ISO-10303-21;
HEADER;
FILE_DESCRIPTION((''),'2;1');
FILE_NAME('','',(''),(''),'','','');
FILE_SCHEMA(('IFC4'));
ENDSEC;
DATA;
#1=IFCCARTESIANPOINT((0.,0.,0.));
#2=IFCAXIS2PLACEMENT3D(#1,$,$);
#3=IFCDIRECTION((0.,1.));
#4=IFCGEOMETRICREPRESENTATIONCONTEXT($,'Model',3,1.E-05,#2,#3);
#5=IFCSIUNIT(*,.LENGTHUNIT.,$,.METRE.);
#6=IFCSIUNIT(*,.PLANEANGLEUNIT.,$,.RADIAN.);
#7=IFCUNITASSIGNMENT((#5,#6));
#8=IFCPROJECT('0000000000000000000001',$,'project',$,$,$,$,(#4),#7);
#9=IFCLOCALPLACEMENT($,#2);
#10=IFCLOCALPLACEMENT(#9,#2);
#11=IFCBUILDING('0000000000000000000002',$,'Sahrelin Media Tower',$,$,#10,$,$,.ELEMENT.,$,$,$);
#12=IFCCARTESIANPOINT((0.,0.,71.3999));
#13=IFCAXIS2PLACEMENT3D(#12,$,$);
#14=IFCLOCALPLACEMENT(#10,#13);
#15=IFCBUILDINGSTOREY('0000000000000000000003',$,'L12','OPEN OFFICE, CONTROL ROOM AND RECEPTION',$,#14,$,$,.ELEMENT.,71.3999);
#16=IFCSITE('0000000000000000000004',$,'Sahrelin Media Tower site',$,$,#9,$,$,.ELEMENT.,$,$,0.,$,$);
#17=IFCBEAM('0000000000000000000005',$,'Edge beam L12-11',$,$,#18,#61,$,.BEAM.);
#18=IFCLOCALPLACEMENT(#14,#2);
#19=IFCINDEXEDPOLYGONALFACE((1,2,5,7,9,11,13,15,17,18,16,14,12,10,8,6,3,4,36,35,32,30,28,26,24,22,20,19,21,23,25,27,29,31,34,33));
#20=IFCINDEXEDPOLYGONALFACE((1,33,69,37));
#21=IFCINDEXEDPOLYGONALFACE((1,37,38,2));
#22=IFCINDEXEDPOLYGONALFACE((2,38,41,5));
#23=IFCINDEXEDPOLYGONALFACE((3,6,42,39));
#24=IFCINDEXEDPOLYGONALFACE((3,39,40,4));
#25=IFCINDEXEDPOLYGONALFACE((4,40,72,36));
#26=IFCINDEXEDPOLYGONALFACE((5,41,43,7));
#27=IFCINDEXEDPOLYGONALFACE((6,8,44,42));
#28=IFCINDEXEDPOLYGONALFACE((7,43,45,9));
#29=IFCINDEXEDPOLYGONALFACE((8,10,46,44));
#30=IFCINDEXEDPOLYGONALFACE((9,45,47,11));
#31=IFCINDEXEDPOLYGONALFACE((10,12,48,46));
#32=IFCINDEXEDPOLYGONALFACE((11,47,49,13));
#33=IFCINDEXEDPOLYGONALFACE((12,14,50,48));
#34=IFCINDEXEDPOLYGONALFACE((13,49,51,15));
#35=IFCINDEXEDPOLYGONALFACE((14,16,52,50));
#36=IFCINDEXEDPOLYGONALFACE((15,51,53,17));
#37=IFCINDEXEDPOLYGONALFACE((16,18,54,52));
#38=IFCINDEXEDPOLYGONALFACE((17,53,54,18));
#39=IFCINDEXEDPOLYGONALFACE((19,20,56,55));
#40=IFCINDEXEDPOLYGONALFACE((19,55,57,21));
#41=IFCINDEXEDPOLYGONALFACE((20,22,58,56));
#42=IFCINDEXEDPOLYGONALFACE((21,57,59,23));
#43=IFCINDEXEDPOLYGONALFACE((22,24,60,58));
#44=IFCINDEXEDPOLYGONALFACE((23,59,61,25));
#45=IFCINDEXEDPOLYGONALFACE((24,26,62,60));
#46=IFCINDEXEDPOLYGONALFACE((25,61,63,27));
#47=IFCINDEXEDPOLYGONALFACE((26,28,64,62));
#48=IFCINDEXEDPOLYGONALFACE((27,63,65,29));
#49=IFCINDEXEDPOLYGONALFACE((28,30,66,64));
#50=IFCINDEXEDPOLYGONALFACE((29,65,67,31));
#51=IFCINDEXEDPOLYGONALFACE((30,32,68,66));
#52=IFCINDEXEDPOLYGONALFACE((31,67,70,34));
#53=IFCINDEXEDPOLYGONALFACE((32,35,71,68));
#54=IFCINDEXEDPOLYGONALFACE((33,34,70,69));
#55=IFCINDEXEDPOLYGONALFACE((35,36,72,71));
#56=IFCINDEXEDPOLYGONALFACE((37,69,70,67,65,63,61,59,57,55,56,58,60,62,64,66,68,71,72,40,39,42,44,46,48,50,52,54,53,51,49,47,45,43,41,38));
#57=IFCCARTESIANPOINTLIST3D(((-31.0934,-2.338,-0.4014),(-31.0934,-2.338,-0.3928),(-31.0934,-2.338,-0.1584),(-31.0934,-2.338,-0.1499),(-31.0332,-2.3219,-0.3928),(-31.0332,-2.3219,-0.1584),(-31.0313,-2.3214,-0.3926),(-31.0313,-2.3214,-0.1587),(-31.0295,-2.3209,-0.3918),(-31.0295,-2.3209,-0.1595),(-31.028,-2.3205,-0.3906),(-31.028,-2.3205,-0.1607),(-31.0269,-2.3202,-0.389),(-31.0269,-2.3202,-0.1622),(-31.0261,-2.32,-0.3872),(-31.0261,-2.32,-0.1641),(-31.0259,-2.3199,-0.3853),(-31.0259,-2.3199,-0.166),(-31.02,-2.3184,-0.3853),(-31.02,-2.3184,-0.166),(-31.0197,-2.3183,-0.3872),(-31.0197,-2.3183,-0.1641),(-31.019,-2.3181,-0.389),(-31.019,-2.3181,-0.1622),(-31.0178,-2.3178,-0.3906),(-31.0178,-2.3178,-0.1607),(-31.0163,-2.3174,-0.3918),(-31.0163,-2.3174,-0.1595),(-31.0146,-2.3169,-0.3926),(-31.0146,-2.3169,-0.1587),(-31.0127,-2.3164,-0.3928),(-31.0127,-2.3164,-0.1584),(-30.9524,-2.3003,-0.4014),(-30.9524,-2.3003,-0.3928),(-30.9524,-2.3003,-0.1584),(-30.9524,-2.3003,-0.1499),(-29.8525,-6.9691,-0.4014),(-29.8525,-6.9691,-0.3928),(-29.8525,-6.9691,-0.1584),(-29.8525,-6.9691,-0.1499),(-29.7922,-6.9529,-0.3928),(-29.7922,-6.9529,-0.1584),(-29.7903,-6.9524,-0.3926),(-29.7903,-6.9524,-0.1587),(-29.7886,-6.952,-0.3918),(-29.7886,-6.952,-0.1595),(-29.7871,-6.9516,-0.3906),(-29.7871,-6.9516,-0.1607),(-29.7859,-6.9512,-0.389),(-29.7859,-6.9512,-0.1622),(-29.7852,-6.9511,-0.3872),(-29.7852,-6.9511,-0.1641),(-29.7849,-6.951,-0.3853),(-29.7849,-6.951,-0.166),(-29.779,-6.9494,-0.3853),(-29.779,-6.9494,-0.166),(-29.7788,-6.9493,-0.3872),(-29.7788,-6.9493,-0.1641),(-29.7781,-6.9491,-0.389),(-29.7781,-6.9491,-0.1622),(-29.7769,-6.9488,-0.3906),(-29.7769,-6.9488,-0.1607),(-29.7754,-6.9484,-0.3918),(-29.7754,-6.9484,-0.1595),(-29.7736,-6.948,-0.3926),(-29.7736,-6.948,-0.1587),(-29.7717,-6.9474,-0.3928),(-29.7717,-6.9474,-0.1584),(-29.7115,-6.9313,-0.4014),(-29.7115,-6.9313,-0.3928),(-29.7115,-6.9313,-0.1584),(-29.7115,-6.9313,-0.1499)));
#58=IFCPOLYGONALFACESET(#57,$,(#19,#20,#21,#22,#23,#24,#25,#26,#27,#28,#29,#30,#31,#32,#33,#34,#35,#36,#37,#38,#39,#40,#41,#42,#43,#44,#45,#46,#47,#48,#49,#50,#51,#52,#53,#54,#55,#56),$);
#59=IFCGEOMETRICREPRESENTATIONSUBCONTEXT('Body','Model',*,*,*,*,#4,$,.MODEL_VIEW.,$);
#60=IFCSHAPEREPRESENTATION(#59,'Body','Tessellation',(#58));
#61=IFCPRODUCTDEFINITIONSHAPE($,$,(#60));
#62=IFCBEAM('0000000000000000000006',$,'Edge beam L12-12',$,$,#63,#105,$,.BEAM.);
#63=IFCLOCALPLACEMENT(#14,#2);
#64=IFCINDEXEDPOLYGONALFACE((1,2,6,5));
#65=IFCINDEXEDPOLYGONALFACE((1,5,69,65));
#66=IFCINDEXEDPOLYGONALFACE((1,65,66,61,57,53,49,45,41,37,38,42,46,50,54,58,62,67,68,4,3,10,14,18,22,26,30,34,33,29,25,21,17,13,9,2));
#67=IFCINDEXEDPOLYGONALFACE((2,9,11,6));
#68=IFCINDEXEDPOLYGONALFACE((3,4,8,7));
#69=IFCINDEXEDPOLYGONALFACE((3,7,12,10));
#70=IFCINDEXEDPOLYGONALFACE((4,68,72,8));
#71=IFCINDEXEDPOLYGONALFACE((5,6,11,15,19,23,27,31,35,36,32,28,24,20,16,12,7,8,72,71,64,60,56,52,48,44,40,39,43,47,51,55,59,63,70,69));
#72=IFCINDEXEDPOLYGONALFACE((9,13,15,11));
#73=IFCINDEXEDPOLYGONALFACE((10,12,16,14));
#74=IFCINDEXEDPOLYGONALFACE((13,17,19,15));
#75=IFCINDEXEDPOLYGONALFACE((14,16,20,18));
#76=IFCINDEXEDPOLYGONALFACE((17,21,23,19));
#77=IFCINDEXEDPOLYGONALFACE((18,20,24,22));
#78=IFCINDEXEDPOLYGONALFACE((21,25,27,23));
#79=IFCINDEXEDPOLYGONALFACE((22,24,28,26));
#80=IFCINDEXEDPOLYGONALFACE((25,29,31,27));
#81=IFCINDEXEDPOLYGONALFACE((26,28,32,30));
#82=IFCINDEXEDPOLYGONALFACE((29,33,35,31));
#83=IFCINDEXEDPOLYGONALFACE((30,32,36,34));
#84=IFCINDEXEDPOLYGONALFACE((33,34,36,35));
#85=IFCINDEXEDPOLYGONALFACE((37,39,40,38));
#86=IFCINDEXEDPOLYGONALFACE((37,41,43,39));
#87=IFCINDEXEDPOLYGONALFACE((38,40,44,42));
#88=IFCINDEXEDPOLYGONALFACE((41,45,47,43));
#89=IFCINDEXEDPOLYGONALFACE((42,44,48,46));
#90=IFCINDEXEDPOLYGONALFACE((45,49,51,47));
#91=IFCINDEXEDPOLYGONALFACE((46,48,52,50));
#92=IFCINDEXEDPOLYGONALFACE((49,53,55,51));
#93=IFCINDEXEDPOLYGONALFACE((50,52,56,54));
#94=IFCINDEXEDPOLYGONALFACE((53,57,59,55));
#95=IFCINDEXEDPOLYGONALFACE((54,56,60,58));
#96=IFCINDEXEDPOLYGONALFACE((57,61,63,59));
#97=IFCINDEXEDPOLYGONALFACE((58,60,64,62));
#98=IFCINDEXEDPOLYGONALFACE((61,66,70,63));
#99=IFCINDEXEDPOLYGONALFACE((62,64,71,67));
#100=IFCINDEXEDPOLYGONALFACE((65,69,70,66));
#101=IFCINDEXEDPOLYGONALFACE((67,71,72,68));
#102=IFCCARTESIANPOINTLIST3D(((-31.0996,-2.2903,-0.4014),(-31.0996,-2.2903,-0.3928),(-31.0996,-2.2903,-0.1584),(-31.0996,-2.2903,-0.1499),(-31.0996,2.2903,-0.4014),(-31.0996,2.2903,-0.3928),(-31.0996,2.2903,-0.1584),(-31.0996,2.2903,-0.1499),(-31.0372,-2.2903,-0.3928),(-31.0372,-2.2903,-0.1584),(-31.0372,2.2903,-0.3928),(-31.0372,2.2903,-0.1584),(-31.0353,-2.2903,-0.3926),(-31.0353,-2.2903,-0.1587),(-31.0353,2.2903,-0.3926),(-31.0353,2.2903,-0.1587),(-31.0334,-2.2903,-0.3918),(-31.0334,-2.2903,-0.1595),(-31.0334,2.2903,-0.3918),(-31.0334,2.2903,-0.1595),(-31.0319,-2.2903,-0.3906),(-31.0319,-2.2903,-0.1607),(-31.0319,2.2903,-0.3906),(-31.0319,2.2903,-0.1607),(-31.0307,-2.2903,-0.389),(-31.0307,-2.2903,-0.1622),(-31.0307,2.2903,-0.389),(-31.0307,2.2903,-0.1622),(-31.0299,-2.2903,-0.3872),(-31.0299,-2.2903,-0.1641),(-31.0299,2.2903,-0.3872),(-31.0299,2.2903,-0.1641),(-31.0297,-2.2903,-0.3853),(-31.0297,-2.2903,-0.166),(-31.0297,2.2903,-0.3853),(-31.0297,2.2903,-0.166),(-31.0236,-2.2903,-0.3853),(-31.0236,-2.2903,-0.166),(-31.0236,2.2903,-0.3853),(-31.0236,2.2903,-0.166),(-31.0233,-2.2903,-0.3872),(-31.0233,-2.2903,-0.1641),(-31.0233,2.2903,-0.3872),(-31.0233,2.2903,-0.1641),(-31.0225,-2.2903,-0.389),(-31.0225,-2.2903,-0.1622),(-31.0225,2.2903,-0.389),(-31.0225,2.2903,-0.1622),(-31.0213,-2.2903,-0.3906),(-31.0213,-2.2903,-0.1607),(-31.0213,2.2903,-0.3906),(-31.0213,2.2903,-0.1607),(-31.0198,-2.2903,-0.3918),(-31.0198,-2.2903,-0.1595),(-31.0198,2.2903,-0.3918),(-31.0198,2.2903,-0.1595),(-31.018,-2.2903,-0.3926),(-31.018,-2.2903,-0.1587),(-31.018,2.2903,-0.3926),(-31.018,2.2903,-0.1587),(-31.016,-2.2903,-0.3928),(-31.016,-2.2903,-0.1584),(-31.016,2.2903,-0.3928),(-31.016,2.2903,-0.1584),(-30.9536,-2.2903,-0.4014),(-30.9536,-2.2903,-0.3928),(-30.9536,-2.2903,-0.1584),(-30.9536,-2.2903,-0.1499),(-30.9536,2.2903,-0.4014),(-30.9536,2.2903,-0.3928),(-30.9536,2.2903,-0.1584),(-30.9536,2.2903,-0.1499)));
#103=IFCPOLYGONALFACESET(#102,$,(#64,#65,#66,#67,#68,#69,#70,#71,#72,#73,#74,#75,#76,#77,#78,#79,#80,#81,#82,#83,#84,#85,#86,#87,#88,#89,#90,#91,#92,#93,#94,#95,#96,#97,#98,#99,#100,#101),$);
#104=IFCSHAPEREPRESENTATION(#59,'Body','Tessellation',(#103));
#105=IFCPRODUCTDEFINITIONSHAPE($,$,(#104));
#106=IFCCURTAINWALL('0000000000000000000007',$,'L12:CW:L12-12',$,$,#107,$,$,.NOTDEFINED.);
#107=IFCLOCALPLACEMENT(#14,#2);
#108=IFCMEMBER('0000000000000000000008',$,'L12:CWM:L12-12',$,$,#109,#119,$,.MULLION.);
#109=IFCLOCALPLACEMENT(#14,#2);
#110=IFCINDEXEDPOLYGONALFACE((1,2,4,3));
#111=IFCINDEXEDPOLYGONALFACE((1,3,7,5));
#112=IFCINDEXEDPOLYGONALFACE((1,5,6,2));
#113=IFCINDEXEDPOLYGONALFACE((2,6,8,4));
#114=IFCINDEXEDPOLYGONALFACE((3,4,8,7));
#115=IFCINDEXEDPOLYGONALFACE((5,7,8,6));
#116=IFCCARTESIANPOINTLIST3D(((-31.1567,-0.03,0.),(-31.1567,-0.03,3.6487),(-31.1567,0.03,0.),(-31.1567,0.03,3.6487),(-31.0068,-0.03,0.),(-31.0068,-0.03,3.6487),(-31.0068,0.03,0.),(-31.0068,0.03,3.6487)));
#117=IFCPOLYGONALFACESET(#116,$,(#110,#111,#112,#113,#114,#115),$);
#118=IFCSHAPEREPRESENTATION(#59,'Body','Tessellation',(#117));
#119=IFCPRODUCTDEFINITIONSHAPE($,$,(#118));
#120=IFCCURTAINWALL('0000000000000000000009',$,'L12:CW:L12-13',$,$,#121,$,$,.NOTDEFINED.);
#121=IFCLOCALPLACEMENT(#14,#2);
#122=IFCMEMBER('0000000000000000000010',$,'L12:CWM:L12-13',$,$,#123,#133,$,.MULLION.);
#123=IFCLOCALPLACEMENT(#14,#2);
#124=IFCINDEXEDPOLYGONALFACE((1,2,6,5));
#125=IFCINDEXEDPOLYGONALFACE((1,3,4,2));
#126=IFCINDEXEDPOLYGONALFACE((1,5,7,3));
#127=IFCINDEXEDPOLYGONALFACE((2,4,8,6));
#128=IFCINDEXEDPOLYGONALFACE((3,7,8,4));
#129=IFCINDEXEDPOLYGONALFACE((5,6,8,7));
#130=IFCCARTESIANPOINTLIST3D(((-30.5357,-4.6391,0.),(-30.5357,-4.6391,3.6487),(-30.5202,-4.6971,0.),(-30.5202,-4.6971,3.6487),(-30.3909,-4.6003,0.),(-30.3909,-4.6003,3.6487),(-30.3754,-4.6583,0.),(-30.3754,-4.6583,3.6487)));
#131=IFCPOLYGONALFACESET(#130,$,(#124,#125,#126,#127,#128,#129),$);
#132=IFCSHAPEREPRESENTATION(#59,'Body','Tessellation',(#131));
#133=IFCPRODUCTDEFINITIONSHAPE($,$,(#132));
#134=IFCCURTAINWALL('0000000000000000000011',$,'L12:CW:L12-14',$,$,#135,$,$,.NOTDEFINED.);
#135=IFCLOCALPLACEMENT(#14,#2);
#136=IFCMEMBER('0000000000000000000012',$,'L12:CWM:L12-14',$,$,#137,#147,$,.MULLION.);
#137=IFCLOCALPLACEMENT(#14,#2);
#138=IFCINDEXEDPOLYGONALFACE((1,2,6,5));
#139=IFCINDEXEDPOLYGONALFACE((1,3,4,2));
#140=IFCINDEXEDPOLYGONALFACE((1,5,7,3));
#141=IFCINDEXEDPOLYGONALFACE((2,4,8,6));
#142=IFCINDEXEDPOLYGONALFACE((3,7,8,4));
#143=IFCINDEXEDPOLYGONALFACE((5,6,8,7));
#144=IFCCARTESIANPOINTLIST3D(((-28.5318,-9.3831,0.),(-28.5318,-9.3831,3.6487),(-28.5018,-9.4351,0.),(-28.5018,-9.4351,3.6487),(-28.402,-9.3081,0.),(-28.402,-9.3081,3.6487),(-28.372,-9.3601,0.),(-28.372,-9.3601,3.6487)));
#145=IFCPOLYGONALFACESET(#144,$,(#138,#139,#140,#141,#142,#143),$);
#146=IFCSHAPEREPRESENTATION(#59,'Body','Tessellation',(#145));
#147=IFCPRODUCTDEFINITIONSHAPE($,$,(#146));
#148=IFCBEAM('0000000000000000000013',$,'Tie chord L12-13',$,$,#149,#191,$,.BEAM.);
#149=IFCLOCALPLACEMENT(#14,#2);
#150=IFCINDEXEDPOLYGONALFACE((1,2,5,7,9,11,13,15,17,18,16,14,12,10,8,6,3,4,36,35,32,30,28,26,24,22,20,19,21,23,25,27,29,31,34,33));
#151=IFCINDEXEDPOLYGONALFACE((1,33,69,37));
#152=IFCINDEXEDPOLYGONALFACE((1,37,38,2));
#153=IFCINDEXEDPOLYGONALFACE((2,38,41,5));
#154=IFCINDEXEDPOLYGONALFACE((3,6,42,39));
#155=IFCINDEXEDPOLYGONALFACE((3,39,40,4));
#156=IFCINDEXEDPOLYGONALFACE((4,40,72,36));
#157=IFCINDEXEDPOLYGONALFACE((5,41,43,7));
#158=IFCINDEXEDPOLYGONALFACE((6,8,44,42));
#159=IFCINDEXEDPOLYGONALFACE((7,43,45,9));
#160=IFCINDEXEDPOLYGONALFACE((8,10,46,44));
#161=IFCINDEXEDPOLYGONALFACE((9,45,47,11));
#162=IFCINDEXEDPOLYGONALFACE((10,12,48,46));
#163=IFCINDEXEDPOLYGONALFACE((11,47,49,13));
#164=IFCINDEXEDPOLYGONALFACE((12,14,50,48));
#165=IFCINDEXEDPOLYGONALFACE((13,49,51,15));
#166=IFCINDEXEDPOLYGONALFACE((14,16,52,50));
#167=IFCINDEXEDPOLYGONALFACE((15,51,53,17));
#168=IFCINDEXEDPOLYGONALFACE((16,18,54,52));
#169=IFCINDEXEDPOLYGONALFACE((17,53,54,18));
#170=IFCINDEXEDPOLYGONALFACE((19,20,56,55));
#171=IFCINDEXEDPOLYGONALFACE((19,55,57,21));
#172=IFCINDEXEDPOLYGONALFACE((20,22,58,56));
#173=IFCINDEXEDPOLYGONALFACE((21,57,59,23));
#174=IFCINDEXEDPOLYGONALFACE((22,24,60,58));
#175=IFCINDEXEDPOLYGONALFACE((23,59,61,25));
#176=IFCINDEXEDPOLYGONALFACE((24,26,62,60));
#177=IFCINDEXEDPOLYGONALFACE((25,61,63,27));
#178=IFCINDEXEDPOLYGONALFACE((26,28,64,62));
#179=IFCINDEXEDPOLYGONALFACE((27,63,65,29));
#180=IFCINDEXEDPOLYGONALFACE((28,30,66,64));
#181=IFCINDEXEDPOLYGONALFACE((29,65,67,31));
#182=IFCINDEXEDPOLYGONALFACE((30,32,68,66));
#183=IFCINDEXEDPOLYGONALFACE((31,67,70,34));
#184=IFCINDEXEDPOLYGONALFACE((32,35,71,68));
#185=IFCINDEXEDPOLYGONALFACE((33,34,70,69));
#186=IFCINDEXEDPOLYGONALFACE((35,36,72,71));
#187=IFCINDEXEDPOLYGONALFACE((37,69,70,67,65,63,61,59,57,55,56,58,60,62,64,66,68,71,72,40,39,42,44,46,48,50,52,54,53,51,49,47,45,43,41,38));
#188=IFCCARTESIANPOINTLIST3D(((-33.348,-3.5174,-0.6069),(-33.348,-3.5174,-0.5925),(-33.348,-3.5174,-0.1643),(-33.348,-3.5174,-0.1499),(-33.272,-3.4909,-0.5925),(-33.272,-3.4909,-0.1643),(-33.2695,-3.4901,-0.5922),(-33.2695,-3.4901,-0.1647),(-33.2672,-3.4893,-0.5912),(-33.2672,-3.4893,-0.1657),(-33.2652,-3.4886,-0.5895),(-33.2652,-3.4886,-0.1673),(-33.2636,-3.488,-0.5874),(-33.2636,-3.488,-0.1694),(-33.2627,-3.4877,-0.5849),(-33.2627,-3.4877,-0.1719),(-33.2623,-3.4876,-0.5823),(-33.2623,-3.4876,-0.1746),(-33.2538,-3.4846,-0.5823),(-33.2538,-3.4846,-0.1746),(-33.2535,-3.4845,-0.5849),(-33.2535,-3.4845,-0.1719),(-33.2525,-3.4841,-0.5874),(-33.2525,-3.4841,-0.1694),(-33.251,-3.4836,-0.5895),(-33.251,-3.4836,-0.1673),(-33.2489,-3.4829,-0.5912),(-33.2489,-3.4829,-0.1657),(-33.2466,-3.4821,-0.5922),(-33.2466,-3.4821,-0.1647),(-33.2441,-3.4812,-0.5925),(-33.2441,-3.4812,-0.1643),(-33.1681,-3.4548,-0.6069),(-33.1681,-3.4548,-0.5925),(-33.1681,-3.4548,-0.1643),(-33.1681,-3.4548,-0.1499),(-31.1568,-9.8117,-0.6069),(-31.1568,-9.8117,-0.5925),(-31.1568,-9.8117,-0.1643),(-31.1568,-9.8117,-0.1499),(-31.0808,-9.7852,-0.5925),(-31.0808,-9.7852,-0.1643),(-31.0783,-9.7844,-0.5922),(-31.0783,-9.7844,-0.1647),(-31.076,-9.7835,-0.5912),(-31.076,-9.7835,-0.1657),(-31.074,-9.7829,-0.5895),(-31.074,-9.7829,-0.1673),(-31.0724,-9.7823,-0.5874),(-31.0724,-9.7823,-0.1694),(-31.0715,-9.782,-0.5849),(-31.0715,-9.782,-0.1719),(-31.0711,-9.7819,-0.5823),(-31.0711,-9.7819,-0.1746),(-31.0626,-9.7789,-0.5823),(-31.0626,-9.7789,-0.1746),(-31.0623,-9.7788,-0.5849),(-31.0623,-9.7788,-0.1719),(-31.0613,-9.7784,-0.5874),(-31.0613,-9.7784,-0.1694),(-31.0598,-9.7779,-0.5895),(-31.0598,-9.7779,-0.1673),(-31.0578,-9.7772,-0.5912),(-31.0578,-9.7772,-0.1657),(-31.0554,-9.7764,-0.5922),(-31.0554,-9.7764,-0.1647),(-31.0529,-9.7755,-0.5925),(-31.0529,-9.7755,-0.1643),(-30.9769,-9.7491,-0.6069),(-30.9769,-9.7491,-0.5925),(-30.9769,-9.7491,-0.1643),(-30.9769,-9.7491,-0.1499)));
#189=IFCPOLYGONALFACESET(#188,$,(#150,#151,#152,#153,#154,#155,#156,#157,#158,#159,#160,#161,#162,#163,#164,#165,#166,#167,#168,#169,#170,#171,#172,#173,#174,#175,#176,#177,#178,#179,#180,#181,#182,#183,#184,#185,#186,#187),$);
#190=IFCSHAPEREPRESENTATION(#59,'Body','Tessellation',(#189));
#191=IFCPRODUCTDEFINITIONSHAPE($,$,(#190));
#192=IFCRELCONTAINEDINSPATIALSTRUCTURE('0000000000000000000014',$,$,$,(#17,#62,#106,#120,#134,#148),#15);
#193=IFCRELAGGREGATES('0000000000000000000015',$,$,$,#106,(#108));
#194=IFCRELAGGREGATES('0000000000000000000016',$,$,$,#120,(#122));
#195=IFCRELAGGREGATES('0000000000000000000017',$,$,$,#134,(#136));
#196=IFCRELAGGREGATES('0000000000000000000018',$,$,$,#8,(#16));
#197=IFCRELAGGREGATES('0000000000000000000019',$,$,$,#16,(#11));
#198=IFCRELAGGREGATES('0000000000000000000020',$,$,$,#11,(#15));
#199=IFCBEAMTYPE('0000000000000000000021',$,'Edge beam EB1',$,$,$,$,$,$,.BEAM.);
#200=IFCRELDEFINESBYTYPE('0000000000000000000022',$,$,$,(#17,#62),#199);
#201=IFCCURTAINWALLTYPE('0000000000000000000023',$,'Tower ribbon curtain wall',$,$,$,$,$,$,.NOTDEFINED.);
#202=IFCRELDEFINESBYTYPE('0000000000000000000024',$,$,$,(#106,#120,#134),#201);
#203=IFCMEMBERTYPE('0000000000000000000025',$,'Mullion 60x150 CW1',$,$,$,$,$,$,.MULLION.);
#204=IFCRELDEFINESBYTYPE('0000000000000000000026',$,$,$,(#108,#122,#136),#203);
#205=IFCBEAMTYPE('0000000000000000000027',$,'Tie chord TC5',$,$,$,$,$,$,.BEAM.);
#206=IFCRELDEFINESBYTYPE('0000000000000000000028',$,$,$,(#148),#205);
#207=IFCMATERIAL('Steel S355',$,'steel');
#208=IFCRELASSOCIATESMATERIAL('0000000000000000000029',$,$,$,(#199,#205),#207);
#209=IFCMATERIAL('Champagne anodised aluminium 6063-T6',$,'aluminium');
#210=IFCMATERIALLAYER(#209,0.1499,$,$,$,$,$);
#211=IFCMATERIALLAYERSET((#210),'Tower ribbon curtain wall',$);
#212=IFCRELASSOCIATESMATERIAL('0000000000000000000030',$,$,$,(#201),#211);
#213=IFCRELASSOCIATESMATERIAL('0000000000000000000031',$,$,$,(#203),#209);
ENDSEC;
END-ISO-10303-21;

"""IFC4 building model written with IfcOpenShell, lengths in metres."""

from ifc_helpers import new_model, si_unit, direction, frame, origin, origin_2d, place, context, subcontext, project, spatial, rectangle, i_section, extrude, material, layer, layer_set, material_profile, profile_set, type_object, element, aggregate, save


model = new_model("IFC4")

# Units and contexts
model_context = context("Model", 3, precision=1e-05, world=origin(), true_north=direction((0.0, 1.0)))
body_context = subcontext(model_context, "Body", "Model", "MODEL_VIEW")
ifc_project = project(units=[si_unit("LENGTHUNIT", "METRE"), si_unit("PLANEANGLEUNIT", "RADIAN")], contexts=[model_context])

# Site, building, storey
site_placement = place(None, origin())
site = spatial("IfcSite", under=ifc_project, at=site_placement, Name="Sahrelin Media Tower site", CompositionType="ELEMENT", RefElevation=0.0)
building_placement = place(site_placement, origin())
building = spatial("IfcBuilding", under=site, at=building_placement, Name="Sahrelin Media Tower", CompositionType="ELEMENT")
storey_placement = place(building_placement, frame((0.0, 0.0, 71.3999)))
storey = spatial("IfcBuildingStorey", under=building, at=storey_placement, Name="L12", Description="OPEN OFFICE, CONTROL ROOM AND RECEPTION", CompositionType="ELEMENT", Elevation=71.3999)

# Beams
ifc_material_1 = material(Name="Steel S355", Category="steel")
ifc_material_profile_1 = material_profile(ifc_material_1, i_section(OverallWidth=0.146, OverallDepth=0.2515, WebThickness=0.0061, FlangeThickness=0.0085, FilletRadius=0.0076, at=origin_2d()), Name="UB 254x146x31")
ifc_profile_set_1 = profile_set([ifc_material_profile_1], Name="Steel S355")
beam_type_1 = type_object("IfcBeamType", Name="Edge beam EB1", PredefinedType="BEAM", material=ifc_profile_set_1)
beam_1_placement = place(storey_placement, frame((-29.782, -6.9502, -0.2756), z_axis=(-0.258832, 0.965922, 0.0), x_axis=(-0.965922, -0.258832, 0.0)))
element("IfcBeam", 1, at=beam_1_placement, inside=storey, type_object=beam_type_1, Name="Edge beam L12-11", PredefinedType="BEAM", context=body_context, shape_type="SweptSolid", body=[
    extrude(i_section(OverallWidth=0.146, OverallDepth=0.2515, WebThickness=0.0061, FlangeThickness=0.0085, FilletRadius=0.0076, at=origin_2d()), origin(), (0.0, 0.0, 1.0), 4.7944),
])
beam_2_placement = place(storey_placement, frame((-31.0266, -2.2903, -0.2756), z_axis=(0.0, 1.0, 0.0), x_axis=(-1.0, 0.0, 0.0)))
element("IfcBeam", 2, at=beam_2_placement, inside=storey, type_object=beam_type_1, Name="Edge beam L12-12", PredefinedType="BEAM", context=body_context, shape_type="SweptSolid", body=[
    extrude(i_section(OverallWidth=0.146, OverallDepth=0.2515, WebThickness=0.0061, FlangeThickness=0.0085, FilletRadius=0.0076, at=origin_2d()), origin(), (0.0, 0.0, 1.0), 4.5806),
])

# Curtain walls, members
ifc_material_2 = material(Name="Champagne anodised aluminium 6063-T6", Category="aluminium")
ifc_layer_1 = layer(ifc_material_2, 0.1499)
ifc_layer_set_1 = layer_set([ifc_layer_1], Name="Tower ribbon curtain wall")
curtain_wall_type = type_object("IfcCurtainWallType", Name="Tower ribbon curtain wall", PredefinedType="NOTDEFINED", material=ifc_layer_set_1)
curtain_wall_1_placement = place(storey_placement, frame((-31.1768, 0.0, 0.0), z_axis=(0.0, 0.0, 1.0), x_axis=(1.0, 0.0, 0.0)))
curtain_wall_1 = element("IfcCurtainWall", 3, at=curtain_wall_1_placement, inside=storey, type_object=curtain_wall_type, Name="L12:CW:L12-12", PredefinedType="NOTDEFINED")
ifc_material_profile_2 = material_profile(ifc_material_2, rectangle(XDim=0.0601, YDim=0.1499, at=origin_2d()), Name="Mullion 60x150")
ifc_profile_set_2 = profile_set([ifc_material_profile_2], Name="Champagne anodised aluminium 6063-T6")
member_type_1 = type_object("IfcMemberType", Name="Mullion 60x150 CW1", PredefinedType="MULLION", material=ifc_profile_set_2)
member_1_placement = place(storey_placement, frame((-31.0818, 0.0, 0.0), z_axis=(0.0, 0.0, 1.0), x_axis=(0.0, -1.0, 0.0)))
member_1 = element("IfcMember", 4, at=member_1_placement, type_object=member_type_1, Name="L12:CWM:L12-12", PredefinedType="MULLION", context=body_context, shape_type="SweptSolid", body=[
    extrude(rectangle(XDim=0.0601, YDim=0.1499, at=origin_2d()), origin(), (0.0, 0.0, 1.0), 3.6487),
])
aggregate(curtain_wall_1, [member_1])
curtain_wall_2_placement = place(storey_placement, frame((-30.5474, -4.6733, 0.0), z_axis=(0.0, 0.0, 1.0), x_axis=(1.0, 0.0, 0.0)))
curtain_wall_2 = element("IfcCurtainWall", 5, at=curtain_wall_2_placement, inside=storey, type_object=curtain_wall_type, Name="L12:CW:L12-13", PredefinedType="NOTDEFINED")
member_2_placement = place(storey_placement, frame((-30.4556, -4.6487, 0.0), z_axis=(0.0, 0.0, 1.0), x_axis=(0.258807, -0.965929, 0.0)))
member_2 = element("IfcMember", 6, at=member_2_placement, type_object=member_type_1, Name="L12:CWM:L12-13", PredefinedType="MULLION", context=body_context, shape_type="SweptSolid", body=[
    extrude(rectangle(XDim=0.0601, YDim=0.1499, at=origin_2d()), origin(), (0.0, 0.0, 1.0), 3.6487),
])
curtain_wall_3_placement = place(storey_placement, frame((-28.5342, -9.4189, 0.0), z_axis=(0.0, 0.0, 1.0), x_axis=(1.0, 0.0, 0.0)))
curtain_wall_3 = element("IfcCurtainWall", 7, at=curtain_wall_3_placement, inside=storey, type_object=curtain_wall_type, Name="L12:CW:L12-14", PredefinedType="NOTDEFINED")
member_3_placement = place(storey_placement, frame((-28.4519, -9.3716, 0.0), z_axis=(0.0, 0.0, 1.0), x_axis=(0.5, -0.866025, 0.0)))
member_3 = element("IfcMember", 8, at=member_3_placement, type_object=member_type_1, Name="L12:CWM:L12-14", PredefinedType="MULLION", context=body_context, shape_type="SweptSolid", body=[
    extrude(rectangle(XDim=0.0601, YDim=0.1499, at=origin_2d()), origin(), (0.0, 0.0, 1.0), 3.6487),
])

# Beam
ifc_material_profile_3 = material_profile(ifc_material_1, i_section(OverallWidth=0.1904, OverallDepth=0.457, WebThickness=0.009, FlangeThickness=0.0144, FilletRadius=0.0103, at=origin_2d()), Name="UB 457x191x74")
ifc_profile_set_3 = profile_set([ifc_material_profile_3], Name="Steel S355")
beam_type_2 = type_object("IfcBeamType", Name="Tie chord TC5", PredefinedType="BEAM", material=ifc_profile_set_3)
beam_3_placement = place(storey_placement, frame((-33.2581, -3.4861, -0.3784), z_axis=(0.328772, -0.944409, 0.0), x_axis=(0.944409, 0.328772, 0.0)))
element("IfcBeam", 9, at=beam_3_placement, inside=storey, type_object=beam_type_2, Name="Tie chord L12-13", PredefinedType="BEAM", context=body_context, shape_type="SweptSolid", body=[
    extrude(i_section(OverallWidth=0.1904, OverallDepth=0.457, WebThickness=0.009, FlangeThickness=0.0144, FilletRadius=0.0103, at=origin_2d()), origin(), (0.0, 0.0, 1.0), 6.6648),
])

aggregate(curtain_wall_2, [member_2])
aggregate(curtain_wall_3, [member_3])

save(model, "model.ifc")
